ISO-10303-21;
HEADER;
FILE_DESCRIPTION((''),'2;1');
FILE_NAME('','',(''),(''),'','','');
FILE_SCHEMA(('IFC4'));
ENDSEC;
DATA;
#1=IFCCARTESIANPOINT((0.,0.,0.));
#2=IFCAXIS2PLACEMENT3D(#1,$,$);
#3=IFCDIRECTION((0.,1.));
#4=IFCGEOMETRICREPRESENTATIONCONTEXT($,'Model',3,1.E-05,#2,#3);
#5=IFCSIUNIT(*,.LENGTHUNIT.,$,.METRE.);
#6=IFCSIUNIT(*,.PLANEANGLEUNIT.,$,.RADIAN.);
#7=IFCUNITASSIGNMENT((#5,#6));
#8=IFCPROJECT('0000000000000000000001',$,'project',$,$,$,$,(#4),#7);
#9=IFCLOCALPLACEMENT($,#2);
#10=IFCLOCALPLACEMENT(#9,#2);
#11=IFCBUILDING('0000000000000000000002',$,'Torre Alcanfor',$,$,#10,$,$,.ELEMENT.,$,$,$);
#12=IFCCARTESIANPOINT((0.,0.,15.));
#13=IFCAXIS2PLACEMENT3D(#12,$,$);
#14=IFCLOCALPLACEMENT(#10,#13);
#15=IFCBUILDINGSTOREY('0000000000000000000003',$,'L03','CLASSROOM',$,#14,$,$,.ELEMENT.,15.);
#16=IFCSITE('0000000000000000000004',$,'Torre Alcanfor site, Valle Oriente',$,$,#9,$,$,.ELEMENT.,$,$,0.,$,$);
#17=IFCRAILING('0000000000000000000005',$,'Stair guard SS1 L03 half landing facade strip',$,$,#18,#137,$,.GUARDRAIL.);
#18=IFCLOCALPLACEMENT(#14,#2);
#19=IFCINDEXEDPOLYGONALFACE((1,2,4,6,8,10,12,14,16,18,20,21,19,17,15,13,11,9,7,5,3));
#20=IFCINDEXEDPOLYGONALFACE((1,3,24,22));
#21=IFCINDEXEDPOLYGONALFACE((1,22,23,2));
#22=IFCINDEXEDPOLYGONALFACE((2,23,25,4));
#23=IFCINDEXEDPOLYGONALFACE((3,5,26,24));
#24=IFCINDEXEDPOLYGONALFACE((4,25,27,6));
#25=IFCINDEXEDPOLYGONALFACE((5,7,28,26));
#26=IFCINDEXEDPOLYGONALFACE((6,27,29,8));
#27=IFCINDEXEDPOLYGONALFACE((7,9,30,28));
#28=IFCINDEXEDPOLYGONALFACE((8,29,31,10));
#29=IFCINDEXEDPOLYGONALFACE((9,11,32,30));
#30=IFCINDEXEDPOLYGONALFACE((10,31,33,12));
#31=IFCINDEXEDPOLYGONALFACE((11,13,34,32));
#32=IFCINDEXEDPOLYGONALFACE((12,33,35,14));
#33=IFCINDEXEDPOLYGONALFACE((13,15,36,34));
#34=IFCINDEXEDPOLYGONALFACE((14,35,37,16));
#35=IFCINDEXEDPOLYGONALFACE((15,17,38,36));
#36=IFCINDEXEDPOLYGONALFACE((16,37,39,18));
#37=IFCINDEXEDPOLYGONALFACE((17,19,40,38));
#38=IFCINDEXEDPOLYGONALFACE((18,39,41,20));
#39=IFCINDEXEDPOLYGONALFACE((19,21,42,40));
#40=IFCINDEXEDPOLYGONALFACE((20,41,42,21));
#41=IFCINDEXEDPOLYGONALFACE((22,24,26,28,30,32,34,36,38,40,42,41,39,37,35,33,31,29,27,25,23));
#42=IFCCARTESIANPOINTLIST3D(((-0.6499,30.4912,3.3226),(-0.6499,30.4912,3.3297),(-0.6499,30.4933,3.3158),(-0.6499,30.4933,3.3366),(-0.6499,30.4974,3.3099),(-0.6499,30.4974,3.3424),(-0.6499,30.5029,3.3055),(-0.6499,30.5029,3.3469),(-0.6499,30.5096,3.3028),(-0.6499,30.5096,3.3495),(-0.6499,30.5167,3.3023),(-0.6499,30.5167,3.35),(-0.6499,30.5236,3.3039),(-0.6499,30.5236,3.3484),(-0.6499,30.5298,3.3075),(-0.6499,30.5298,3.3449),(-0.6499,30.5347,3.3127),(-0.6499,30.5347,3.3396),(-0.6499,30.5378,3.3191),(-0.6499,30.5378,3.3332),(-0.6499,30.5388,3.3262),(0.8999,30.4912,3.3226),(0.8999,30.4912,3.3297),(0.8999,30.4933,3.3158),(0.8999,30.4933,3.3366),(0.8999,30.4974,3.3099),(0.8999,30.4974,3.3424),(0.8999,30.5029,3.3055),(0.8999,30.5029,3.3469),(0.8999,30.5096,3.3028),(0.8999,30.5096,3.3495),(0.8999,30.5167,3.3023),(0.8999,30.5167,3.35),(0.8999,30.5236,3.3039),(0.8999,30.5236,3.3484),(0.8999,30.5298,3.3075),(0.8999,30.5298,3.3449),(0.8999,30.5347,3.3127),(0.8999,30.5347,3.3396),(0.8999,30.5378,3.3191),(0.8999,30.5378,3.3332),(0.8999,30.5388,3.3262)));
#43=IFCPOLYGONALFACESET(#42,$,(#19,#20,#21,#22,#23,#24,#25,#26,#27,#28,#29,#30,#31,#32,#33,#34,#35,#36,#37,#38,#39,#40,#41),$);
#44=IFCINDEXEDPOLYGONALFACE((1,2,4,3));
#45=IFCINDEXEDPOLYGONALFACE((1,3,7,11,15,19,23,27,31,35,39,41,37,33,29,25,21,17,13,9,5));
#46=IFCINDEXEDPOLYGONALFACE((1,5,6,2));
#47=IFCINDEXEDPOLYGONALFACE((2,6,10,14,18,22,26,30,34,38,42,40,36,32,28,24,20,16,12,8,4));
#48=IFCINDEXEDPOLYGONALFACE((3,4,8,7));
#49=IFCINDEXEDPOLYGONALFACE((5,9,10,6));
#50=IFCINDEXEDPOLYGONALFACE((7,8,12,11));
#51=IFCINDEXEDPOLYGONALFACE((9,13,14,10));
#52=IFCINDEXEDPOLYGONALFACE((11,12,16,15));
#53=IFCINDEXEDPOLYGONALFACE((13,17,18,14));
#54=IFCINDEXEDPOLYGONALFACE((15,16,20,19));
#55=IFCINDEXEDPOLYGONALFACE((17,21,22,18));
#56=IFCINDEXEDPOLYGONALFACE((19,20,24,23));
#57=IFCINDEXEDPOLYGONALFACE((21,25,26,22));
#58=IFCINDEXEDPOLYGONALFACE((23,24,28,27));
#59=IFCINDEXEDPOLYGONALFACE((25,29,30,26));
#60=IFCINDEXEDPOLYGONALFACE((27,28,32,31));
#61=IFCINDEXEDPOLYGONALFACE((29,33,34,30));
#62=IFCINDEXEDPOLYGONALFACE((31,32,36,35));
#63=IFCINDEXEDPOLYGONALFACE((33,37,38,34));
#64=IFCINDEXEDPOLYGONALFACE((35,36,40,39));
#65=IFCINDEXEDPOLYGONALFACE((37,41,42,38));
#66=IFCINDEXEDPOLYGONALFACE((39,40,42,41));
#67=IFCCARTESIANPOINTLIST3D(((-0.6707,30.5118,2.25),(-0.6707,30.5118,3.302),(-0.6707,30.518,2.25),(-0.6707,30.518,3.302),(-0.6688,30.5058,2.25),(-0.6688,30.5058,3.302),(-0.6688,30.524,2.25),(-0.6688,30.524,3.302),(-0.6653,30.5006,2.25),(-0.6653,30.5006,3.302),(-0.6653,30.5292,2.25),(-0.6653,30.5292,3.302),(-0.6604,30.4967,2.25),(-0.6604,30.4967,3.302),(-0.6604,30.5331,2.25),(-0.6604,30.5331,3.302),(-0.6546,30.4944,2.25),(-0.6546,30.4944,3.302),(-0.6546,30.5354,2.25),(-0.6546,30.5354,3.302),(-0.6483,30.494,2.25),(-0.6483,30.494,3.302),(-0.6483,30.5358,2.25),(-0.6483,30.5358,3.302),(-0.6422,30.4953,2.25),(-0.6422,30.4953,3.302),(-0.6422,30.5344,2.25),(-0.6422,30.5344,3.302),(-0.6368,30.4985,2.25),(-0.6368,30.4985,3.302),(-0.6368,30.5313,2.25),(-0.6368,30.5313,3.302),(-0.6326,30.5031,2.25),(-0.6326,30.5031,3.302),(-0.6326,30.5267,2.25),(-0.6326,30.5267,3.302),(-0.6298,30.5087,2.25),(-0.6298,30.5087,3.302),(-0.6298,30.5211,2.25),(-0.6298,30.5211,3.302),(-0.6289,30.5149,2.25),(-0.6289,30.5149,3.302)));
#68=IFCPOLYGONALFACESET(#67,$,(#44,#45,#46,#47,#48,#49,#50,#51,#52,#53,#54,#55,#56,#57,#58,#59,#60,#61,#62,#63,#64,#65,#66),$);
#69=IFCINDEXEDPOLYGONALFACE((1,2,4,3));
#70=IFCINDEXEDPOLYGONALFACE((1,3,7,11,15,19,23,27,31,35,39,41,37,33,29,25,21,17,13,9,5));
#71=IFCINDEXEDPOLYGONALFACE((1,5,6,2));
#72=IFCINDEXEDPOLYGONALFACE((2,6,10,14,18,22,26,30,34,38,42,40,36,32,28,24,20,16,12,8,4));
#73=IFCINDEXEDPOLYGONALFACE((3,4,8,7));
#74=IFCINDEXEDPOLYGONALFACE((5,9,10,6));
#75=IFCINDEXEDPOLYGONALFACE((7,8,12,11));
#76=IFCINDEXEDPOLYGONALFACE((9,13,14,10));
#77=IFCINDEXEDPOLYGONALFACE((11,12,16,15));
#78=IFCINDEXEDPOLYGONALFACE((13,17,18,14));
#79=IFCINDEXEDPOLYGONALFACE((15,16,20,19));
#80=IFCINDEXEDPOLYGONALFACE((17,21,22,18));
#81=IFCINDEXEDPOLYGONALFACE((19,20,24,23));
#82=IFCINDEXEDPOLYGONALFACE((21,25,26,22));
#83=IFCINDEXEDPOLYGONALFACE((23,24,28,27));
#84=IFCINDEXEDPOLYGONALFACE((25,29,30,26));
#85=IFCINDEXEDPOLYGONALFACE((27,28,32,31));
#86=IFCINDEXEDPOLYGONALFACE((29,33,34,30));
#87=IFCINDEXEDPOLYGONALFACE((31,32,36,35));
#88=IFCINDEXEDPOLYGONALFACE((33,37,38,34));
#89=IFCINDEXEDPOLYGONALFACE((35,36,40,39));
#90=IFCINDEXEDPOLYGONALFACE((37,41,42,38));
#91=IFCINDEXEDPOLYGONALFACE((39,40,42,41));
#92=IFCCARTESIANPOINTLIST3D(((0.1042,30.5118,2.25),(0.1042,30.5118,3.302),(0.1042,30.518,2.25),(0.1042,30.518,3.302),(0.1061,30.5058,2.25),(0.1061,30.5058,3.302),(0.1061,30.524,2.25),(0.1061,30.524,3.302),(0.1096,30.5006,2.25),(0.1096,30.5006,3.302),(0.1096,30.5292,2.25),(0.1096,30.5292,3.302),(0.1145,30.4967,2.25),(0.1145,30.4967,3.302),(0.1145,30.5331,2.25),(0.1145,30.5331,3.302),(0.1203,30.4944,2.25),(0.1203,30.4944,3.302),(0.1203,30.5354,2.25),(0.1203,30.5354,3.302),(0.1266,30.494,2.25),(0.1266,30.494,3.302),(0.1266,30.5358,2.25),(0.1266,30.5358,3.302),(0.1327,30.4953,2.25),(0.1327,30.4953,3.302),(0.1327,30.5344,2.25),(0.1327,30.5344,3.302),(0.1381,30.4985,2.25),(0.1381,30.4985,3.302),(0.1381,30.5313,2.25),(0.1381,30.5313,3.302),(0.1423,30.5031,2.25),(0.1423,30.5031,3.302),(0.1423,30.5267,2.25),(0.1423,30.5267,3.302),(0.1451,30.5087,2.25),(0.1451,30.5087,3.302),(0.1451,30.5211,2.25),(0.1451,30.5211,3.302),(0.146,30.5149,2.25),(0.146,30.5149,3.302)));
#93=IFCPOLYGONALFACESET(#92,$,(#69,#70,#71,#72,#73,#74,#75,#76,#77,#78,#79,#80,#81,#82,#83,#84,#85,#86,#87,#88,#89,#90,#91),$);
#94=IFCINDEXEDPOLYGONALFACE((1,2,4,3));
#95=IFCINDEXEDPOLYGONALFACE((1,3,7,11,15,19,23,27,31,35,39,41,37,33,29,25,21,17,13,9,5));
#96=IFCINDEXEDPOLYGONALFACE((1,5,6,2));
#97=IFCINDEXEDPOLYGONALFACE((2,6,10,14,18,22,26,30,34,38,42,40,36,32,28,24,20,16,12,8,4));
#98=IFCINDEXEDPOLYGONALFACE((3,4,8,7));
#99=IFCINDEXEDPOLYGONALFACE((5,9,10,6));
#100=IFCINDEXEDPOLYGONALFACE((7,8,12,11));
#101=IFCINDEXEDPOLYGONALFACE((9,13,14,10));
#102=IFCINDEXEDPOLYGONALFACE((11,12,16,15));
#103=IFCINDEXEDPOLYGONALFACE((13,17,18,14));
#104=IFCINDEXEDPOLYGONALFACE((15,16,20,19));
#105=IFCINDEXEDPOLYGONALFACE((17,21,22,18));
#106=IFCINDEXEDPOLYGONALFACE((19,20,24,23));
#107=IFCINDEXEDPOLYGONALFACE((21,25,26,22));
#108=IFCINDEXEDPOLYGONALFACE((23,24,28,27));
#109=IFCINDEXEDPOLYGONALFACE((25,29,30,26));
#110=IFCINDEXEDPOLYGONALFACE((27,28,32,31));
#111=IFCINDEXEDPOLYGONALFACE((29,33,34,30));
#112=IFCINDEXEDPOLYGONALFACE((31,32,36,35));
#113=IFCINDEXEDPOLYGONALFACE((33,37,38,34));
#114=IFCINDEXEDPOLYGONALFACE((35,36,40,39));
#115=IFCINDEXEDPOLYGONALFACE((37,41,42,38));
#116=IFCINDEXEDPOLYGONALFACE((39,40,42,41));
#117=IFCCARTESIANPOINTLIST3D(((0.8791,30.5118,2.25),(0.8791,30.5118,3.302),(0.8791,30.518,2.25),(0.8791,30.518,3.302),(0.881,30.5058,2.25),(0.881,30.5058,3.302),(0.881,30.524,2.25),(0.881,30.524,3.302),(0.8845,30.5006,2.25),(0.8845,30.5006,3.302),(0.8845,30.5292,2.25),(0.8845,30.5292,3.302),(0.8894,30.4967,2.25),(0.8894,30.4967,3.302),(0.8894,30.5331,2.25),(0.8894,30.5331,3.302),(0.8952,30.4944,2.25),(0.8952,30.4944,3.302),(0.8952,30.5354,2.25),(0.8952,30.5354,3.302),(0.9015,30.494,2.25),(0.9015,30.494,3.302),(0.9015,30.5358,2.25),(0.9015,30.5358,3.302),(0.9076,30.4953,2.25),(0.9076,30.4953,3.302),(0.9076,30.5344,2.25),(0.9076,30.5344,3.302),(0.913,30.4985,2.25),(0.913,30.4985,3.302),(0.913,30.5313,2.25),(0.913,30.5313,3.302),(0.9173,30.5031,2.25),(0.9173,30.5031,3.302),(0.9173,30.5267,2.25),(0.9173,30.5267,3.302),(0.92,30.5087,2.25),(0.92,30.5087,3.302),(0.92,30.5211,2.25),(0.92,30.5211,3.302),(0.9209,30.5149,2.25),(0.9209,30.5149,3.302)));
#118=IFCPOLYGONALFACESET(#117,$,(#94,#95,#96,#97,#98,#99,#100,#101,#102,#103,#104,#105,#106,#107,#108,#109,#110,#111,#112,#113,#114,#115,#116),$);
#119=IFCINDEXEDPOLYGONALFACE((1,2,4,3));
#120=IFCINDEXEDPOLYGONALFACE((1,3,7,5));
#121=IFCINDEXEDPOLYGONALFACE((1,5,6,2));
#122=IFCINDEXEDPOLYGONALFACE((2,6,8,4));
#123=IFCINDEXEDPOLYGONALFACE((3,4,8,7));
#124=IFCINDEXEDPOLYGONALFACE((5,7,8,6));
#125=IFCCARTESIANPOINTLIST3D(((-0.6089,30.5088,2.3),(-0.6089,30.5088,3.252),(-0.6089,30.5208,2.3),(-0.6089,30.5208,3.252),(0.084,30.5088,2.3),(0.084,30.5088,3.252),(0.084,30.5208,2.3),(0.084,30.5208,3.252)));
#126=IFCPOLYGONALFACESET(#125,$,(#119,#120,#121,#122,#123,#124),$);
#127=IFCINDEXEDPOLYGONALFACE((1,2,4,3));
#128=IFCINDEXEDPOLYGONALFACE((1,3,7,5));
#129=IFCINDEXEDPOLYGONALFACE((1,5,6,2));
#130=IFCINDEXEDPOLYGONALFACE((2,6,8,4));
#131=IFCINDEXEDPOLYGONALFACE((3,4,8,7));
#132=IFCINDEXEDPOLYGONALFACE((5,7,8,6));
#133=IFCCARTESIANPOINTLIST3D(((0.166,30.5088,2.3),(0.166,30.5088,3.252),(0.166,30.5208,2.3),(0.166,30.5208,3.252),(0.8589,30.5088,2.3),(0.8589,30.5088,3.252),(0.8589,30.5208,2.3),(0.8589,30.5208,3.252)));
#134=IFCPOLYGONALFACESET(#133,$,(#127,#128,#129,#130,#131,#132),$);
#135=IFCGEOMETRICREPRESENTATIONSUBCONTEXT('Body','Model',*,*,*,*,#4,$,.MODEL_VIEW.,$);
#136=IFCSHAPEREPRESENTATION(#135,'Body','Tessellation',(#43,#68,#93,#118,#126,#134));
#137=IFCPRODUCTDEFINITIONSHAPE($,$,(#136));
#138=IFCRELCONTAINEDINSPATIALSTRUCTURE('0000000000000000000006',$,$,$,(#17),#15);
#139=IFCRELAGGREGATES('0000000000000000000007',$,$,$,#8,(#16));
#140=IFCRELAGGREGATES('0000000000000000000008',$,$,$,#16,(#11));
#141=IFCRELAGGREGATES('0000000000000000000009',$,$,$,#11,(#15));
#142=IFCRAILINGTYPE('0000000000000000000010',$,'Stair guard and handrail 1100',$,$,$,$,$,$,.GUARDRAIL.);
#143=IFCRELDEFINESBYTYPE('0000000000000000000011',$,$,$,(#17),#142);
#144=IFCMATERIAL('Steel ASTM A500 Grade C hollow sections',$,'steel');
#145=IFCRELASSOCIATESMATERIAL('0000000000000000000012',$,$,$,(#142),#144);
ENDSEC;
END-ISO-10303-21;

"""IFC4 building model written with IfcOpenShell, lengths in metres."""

from ifc_helpers import new_model, si_unit, direction, frame, origin, origin_2d, place, context, subcontext, project, spatial, polyline, circle, outline, extrude, material, type_object, element, save


model = new_model("IFC4")

# Units and contexts
model_context = context("Model", 3, precision=1e-05, world=origin(), true_north=direction((0.0, 1.0)))
body_context = subcontext(model_context, "Body", "Model", "MODEL_VIEW")
ifc_project = project(units=[si_unit("LENGTHUNIT", "METRE"), si_unit("PLANEANGLEUNIT", "RADIAN")], contexts=[model_context])

# Site, building, storey
site_placement = place(None, origin())
site = spatial("IfcSite", under=ifc_project, at=site_placement, Name="Torre Alcanfor site, Valle Oriente", CompositionType="ELEMENT", RefElevation=0.0)
building_placement = place(site_placement, origin())
building = spatial("IfcBuilding", under=site, at=building_placement, Name="Torre Alcanfor", CompositionType="ELEMENT")
storey_placement = place(building_placement, frame((0.0, 0.0, 15.0)))
storey = spatial("IfcBuildingStorey", under=building, at=storey_placement, Name="L03", Description="CLASSROOM", CompositionType="ELEMENT", Elevation=15.0)

# Railing
ifc_material_1 = material(Name="Steel ASTM A500 Grade C hollow sections", Category="steel")
railing_type_1 = type_object("IfcRailingType", Name="Stair guard and handrail 1100", PredefinedType="GUARDRAIL", material=ifc_material_1)
railing_1_placement = place(storey_placement, frame((-0.6499, 30.5149, 2.25)))
element("IfcRailing", 1, at=railing_1_placement, inside=storey, type_object=railing_type_1, Name="Stair guard SS1 L03 half landing facade strip", PredefinedType="GUARDRAIL", context=body_context, shape_type="SweptSolid", body=[
    extrude(circle(Radius=0.0239, at=origin_2d()), frame((0.0, 0.0, 1.0762), z_axis=(1.0, 0.0, 0.0), x_axis=(0.0, 1.0, 0.0)), (0.0, 0.0, 1.0), 1.5498),
    extrude(circle(Radius=0.021, at=origin_2d()), origin(), (0.0, 0.0, 1.0), 1.052),
    extrude(circle(Radius=0.021, at=origin_2d()), frame((0.7749, 0.0, 0.0)), (0.0, 0.0, 1.0), 1.052),
    extrude(circle(Radius=0.021, at=origin_2d()), frame((1.5498, 0.0, 0.0)), (0.0, 0.0, 1.0), 1.052),
    extrude(outline(polyline([(0.041, 0.05), (0.7339, 0.05), (0.7339, 1.002), (0.041, 1.002), (0.041, 0.05)])), frame((0.0, 0.0059, 0.0), z_axis=(0.0, -1.0, 0.0), x_axis=(1.0, 0.0, 0.0)), (0.0, 0.0, 1.0), 0.012),
    extrude(outline(polyline([(0.8159, 0.05), (1.5088, 0.05), (1.5088, 1.002), (0.8159, 1.002), (0.8159, 0.05)])), frame((0.0, 0.0059, 0.0), z_axis=(0.0, -1.0, 0.0), x_axis=(1.0, 0.0, 0.0)), (0.0, 0.0, 1.0), 0.012),
])

save(model, "model.ifc")
